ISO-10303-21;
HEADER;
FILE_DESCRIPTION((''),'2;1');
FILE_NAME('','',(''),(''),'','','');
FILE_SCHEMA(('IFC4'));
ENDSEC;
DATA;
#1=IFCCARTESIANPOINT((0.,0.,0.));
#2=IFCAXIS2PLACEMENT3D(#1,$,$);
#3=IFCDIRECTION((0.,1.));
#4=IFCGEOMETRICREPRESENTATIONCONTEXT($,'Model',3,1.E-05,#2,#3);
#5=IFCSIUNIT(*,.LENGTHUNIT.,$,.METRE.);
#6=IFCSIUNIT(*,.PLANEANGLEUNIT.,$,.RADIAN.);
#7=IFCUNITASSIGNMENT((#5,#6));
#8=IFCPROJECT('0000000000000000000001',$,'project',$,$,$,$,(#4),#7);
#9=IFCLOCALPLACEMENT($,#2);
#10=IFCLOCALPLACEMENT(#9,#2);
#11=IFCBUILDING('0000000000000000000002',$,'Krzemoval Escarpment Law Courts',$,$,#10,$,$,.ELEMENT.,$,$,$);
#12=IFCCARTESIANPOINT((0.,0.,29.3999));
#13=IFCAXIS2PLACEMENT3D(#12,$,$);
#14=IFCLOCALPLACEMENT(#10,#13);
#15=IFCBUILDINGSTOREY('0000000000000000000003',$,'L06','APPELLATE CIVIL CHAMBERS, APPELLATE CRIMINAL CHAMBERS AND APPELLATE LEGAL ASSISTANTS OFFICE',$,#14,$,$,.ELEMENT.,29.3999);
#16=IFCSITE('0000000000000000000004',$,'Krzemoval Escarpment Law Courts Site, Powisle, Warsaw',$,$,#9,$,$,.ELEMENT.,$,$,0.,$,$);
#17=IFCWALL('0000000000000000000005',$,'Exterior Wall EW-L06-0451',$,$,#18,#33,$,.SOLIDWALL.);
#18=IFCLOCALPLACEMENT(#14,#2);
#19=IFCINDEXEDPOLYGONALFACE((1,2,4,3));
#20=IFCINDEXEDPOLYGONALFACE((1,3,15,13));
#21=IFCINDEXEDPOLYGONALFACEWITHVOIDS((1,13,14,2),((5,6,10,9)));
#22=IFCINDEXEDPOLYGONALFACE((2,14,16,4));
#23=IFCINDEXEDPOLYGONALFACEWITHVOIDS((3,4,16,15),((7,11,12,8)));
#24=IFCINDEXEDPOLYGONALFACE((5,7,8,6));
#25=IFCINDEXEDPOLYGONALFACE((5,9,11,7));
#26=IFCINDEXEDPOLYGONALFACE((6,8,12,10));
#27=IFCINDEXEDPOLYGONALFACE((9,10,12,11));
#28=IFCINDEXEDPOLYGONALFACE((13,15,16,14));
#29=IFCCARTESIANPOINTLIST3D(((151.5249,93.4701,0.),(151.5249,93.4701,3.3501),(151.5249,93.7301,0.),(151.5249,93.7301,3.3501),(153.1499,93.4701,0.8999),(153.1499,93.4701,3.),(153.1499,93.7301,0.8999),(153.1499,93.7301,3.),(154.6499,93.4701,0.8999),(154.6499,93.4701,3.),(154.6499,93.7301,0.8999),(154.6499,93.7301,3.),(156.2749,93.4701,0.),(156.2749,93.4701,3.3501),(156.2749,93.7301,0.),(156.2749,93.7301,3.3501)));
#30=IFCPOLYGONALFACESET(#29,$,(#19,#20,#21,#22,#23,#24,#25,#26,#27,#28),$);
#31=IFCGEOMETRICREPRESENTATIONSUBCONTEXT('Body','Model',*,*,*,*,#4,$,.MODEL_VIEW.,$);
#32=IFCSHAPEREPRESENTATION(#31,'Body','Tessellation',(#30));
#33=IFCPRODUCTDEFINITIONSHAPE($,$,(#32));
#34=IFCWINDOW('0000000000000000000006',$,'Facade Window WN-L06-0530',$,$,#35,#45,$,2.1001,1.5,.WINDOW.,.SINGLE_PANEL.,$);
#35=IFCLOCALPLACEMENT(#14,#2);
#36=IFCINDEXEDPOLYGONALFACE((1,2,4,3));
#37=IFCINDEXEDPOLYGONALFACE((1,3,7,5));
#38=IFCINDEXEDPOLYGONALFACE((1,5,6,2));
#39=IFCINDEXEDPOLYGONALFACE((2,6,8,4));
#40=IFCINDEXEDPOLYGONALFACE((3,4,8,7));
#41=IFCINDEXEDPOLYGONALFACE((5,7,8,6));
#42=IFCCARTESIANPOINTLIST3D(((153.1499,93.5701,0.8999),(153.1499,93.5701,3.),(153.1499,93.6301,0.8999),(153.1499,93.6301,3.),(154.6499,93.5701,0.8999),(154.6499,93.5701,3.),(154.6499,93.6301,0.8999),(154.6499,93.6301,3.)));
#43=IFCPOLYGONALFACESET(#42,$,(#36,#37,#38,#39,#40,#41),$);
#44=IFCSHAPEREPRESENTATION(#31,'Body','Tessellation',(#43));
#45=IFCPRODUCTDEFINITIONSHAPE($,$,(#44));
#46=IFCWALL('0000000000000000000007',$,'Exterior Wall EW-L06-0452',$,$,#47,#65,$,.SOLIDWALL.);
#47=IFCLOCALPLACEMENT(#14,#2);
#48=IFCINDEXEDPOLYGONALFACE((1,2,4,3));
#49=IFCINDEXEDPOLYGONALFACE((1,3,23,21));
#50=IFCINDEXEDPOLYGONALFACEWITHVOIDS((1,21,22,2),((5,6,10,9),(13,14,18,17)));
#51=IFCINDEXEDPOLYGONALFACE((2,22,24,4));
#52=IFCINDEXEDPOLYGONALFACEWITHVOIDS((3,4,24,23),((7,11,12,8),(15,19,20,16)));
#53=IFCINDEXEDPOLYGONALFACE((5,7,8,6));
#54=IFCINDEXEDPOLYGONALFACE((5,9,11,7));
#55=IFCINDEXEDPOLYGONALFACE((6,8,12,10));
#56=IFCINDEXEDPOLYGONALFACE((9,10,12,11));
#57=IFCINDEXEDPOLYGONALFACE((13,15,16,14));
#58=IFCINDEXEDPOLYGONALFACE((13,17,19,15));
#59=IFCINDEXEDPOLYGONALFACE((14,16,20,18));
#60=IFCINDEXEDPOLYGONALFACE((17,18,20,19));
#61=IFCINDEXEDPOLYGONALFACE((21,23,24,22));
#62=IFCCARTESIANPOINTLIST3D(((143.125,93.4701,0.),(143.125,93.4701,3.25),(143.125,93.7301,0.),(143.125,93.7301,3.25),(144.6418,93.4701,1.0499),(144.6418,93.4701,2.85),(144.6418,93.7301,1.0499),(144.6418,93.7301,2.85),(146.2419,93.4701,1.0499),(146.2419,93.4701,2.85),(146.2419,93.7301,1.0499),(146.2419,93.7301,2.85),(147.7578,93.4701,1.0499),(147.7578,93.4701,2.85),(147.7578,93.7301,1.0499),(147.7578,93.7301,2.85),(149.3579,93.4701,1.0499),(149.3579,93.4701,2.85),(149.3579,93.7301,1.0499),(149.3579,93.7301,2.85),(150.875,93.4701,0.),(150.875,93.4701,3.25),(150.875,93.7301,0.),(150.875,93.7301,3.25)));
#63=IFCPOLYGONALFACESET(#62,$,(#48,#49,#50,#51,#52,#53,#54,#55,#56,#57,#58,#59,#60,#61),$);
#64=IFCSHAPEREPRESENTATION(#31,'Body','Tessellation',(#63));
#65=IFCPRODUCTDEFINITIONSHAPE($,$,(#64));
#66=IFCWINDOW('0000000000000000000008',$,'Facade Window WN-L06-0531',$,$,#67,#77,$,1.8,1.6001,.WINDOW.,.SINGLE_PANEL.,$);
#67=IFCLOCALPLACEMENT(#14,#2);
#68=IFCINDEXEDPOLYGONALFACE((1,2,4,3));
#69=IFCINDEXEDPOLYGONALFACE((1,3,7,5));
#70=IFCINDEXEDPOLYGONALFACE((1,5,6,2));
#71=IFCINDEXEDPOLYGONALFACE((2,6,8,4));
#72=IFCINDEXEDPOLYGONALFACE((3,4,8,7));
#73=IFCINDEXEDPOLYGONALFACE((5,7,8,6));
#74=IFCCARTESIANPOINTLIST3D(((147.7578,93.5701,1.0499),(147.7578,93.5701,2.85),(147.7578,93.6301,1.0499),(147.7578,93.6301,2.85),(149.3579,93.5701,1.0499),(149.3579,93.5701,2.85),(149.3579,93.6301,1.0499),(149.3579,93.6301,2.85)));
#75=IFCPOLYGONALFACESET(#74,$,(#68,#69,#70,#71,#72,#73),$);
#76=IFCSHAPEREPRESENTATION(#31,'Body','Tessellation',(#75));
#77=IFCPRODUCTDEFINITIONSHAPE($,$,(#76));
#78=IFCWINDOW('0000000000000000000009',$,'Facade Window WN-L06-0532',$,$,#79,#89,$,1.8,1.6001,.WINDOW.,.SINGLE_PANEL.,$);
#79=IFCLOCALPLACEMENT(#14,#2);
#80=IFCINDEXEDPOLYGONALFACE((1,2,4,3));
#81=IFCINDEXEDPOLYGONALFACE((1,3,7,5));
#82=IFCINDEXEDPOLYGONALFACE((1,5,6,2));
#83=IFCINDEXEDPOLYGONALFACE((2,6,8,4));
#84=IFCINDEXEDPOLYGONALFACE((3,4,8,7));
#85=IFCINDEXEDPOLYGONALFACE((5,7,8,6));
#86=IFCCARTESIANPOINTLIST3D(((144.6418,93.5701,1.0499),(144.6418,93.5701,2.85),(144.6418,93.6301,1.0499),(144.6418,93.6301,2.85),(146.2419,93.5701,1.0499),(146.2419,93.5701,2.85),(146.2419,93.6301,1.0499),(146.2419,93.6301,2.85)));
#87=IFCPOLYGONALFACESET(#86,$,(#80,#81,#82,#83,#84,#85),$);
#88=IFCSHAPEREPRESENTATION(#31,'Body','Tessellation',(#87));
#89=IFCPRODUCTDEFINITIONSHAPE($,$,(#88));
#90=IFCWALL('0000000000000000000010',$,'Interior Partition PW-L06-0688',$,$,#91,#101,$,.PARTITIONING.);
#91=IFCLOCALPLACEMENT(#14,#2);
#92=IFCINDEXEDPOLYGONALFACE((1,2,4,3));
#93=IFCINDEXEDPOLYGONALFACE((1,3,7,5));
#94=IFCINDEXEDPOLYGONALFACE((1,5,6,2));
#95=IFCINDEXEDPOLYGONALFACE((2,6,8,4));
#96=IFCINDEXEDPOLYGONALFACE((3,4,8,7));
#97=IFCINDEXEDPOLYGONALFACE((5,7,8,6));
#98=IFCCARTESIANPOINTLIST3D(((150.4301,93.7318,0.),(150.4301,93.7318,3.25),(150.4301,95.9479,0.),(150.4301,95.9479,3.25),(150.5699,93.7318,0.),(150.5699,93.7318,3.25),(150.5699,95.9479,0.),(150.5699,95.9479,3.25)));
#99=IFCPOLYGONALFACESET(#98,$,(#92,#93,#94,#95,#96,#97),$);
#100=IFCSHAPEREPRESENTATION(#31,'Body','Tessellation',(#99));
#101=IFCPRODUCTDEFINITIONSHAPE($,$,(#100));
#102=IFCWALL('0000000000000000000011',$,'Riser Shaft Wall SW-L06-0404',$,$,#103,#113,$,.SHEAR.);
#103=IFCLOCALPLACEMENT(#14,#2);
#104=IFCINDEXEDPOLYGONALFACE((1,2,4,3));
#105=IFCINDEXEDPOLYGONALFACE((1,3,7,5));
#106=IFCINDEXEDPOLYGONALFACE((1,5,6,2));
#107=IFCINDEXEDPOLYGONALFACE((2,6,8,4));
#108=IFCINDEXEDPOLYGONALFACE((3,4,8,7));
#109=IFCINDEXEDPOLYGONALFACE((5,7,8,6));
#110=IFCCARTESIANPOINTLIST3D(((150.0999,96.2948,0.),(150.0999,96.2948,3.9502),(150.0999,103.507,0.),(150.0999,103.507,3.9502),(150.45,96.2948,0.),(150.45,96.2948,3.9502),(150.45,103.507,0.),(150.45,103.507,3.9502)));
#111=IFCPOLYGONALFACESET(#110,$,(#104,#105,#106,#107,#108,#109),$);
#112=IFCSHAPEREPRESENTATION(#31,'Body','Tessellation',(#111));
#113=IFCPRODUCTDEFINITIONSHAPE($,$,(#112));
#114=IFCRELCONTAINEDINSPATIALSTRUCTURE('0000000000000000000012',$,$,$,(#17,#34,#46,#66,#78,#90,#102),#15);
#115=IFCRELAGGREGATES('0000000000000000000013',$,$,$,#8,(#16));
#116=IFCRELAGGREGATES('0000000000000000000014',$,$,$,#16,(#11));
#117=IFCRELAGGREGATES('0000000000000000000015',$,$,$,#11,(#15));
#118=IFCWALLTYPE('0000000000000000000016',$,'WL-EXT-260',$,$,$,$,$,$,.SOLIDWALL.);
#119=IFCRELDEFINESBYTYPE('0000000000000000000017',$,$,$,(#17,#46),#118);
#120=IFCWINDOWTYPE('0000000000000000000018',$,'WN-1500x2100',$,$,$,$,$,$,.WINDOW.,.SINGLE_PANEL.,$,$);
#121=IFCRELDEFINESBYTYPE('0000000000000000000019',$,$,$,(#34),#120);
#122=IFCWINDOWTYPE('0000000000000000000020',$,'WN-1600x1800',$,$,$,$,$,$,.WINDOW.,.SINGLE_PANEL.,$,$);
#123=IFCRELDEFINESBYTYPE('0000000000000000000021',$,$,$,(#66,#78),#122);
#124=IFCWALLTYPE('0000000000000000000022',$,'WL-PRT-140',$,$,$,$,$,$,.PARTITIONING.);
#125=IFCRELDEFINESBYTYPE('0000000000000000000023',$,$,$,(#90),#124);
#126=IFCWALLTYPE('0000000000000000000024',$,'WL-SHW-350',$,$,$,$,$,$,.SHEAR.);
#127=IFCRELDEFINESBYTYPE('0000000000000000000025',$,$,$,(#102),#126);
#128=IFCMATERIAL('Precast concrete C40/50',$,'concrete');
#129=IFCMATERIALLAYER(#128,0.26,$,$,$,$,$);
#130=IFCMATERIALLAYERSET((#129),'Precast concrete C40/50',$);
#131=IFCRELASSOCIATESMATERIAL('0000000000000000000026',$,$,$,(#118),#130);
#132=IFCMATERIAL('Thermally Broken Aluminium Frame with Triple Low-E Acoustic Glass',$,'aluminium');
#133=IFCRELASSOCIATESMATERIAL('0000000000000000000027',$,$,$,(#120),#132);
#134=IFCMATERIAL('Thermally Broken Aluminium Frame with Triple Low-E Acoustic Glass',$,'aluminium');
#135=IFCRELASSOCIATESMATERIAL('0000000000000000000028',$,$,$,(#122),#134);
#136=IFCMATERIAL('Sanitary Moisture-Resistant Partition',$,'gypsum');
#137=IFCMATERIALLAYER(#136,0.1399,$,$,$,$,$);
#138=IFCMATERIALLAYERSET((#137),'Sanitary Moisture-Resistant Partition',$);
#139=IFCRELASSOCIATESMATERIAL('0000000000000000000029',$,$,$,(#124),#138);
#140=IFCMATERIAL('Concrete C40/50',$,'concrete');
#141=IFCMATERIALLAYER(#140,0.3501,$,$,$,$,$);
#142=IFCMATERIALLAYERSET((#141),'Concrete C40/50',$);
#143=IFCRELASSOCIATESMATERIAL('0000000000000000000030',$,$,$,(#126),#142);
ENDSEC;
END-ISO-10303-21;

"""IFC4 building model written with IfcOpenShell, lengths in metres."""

from ifc_helpers import new_model, si_unit, direction, frame, frame_2d, origin, place, context, subcontext, project, spatial, rectangle, extrude, material, layer, layer_set, type_object, element, fill, save


model = new_model("IFC4")

# Units and contexts
model_context = context("Model", 3, precision=1e-05, world=origin(), true_north=direction((0.0, 1.0)))
body_context = subcontext(model_context, "Body", "Model", "MODEL_VIEW")
ifc_project = project(units=[si_unit("LENGTHUNIT", "METRE"), si_unit("PLANEANGLEUNIT", "RADIAN")], contexts=[model_context])

# Site, building, storey
site_placement = place(None, origin())
site = spatial("IfcSite", under=ifc_project, at=site_placement, Name="Krzemoval Escarpment Law Courts Site, Powisle, Warsaw", CompositionType="ELEMENT", RefElevation=0.0)
building_placement = place(site_placement, origin())
building = spatial("IfcBuilding", under=site, at=building_placement, Name="Krzemoval Escarpment Law Courts", CompositionType="ELEMENT")
storey_placement = place(building_placement, frame((0.0, 0.0, 29.3999)))
storey = spatial("IfcBuildingStorey", under=building, at=storey_placement, Name="L06", Description="APPELLATE CIVIL CHAMBERS, APPELLATE CRIMINAL CHAMBERS AND APPELLATE LEGAL ASSISTANTS OFFICE", CompositionType="ELEMENT", Elevation=29.3999)

# Wall, opening, window
ifc_material_1 = material(Name="Precast concrete C40/50", Category="concrete")
ifc_layer_1 = layer(ifc_material_1, 0.26)
ifc_layer_set_1 = layer_set([ifc_layer_1], Name="Precast concrete C40/50")
wall_type_1 = type_object("IfcWallType", Name="WL-EXT-260", PredefinedType="SOLIDWALL", material=ifc_layer_set_1)
wall_1_placement = place(storey_placement, frame((156.2749, 93.6001, 0.0), z_axis=(0.0, 0.0, 1.0), x_axis=(-1.0, 0.0, 0.0)))
wall_1 = element("IfcWall", 1, at=wall_1_placement, inside=storey, type_object=wall_type_1, Name="Exterior Wall EW-L06-0451", PredefinedType="SOLIDWALL", context=body_context, shape_type="SweptSolid", body=[
    extrude(rectangle(XDim=4.75, YDim=0.26, at=frame_2d((2.375, 0.0))), origin(), (0.0, 0.0, 1.0), 3.3501),
])
opening_1_placement = place(wall_1_placement, frame((1.625, 0.0, 0.8999)))
opening_1 = element("IfcOpeningElement", 2, at=opening_1_placement, cuts=wall_1, PredefinedType="OPENING", context=body_context, shape_type="SweptSolid", body=[
    extrude(rectangle(XDim=1.5, YDim=2.1001, at=frame_2d((0.75, 1.05))), frame((0.0, 0.145, 0.0), z_axis=(0.0, -1.0, 0.0), x_axis=(1.0, 0.0, 0.0)), (0.0, 0.0, 1.0), 0.29),
])
ifc_material_2 = material(Name="Thermally Broken Aluminium Frame with Triple Low-E Acoustic Glass", Category="aluminium")
window_type_1 = type_object("IfcWindowType", Name="WN-1500x2100", PartitioningType="SINGLE_PANEL", PredefinedType="WINDOW", material=ifc_material_2)
window_1_placement = place(opening_1_placement, origin())
window_1 = element("IfcWindow", 3, at=window_1_placement, inside=storey, type_object=window_type_1, Name="Facade Window WN-L06-0530", OverallHeight=2.1001, OverallWidth=1.5, PartitioningType="SINGLE_PANEL", PredefinedType="WINDOW", context=body_context, shape_type="SweptSolid", body=[
    extrude(rectangle(XDim=1.5, YDim=2.1001, at=frame_2d((0.75, 1.05))), frame((0.0, 0.03, 0.0), z_axis=(0.0, -1.0, 0.0), x_axis=(1.0, 0.0, 0.0)), (0.0, 0.0, 1.0), 0.0601),
])
fill(opening_1, window_1)

# Wall, openings, windows
wall_2_placement = place(storey_placement, frame((150.875, 93.6001, 0.0), z_axis=(0.0, 0.0, 1.0), x_axis=(-1.0, 0.0, 0.0)))
wall_2 = element("IfcWall", 4, at=wall_2_placement, inside=storey, type_object=wall_type_1, Name="Exterior Wall EW-L06-0452", PredefinedType="SOLIDWALL", context=body_context, shape_type="SweptSolid", body=[
    extrude(rectangle(XDim=7.75, YDim=0.26, at=frame_2d((3.875, 0.0))), origin(), (0.0, 0.0, 1.0), 3.25),
])
opening_2_placement = place(wall_2_placement, frame((1.5171, 0.0, 1.05)))
opening_2 = element("IfcOpeningElement", 5, at=opening_2_placement, cuts=wall_2, PredefinedType="OPENING", context=body_context, shape_type="SweptSolid", body=[
    extrude(rectangle(XDim=1.6001, YDim=1.8, at=frame_2d((0.8, 0.8999))), frame((0.0, 0.145, 0.0), z_axis=(0.0, -1.0, 0.0), x_axis=(1.0, 0.0, 0.0)), (0.0, 0.0, 1.0), 0.29),
])
opening_3_placement = place(wall_2_placement, frame((4.6331, 0.0, 1.05)))
opening_3 = element("IfcOpeningElement", 6, at=opening_3_placement, cuts=wall_2, PredefinedType="OPENING", context=body_context, shape_type="SweptSolid", body=[
    extrude(rectangle(XDim=1.6001, YDim=1.8, at=frame_2d((0.8, 0.8999))), frame((0.0, 0.145, 0.0), z_axis=(0.0, -1.0, 0.0), x_axis=(1.0, 0.0, 0.0)), (0.0, 0.0, 1.0), 0.29),
])
ifc_material_3 = material(Name="Thermally Broken Aluminium Frame with Triple Low-E Acoustic Glass", Category="aluminium")
window_type_2 = type_object("IfcWindowType", Name="WN-1600x1800", PartitioningType="SINGLE_PANEL", PredefinedType="WINDOW", material=ifc_material_3)
window_2_placement = place(opening_2_placement, origin())
window_2 = element("IfcWindow", 7, at=window_2_placement, inside=storey, type_object=window_type_2, Name="Facade Window WN-L06-0531", OverallHeight=1.8, OverallWidth=1.6001, PartitioningType="SINGLE_PANEL", PredefinedType="WINDOW", context=body_context, shape_type="SweptSolid", body=[
    extrude(rectangle(XDim=1.6001, YDim=1.8, at=frame_2d((0.8, 0.8999))), frame((0.0, 0.03, 0.0), z_axis=(0.0, -1.0, 0.0), x_axis=(1.0, 0.0, 0.0)), (0.0, 0.0, 1.0), 0.0601),
])
fill(opening_2, window_2)
window_3_placement = place(opening_3_placement, origin())
window_3 = element("IfcWindow", 8, at=window_3_placement, inside=storey, type_object=window_type_2, Name="Facade Window WN-L06-0532", OverallHeight=1.8, OverallWidth=1.6001, PartitioningType="SINGLE_PANEL", PredefinedType="WINDOW", context=body_context, shape_type="SweptSolid", body=[
    extrude(rectangle(XDim=1.6001, YDim=1.8, at=frame_2d((0.8, 0.8999))), frame((0.0, 0.03, 0.0), z_axis=(0.0, -1.0, 0.0), x_axis=(1.0, 0.0, 0.0)), (0.0, 0.0, 1.0), 0.0601),
])
fill(opening_3, window_3)

# Walls
ifc_material_4 = material(Name="Sanitary Moisture-Resistant Partition", Category="gypsum")
ifc_layer_2 = layer(ifc_material_4, 0.1399)
ifc_layer_set_2 = layer_set([ifc_layer_2], Name="Sanitary Moisture-Resistant Partition")
wall_type_2 = type_object("IfcWallType", Name="WL-PRT-140", PredefinedType="PARTITIONING", material=ifc_layer_set_2)
wall_3_placement = place(storey_placement, frame((150.5, 93.7319, 0.0), z_axis=(0.0, 0.0, 1.0), x_axis=(0.0, 1.0, 0.0)))
element("IfcWall", 9, at=wall_3_placement, inside=storey, type_object=wall_type_2, Name="Interior Partition PW-L06-0688", PredefinedType="PARTITIONING", context=body_context, shape_type="SweptSolid", body=[
    extrude(rectangle(XDim=2.2161, YDim=0.1399, at=frame_2d((1.1079, 0.0))), origin(), (0.0, 0.0, 1.0), 3.25),
])
ifc_material_5 = material(Name="Concrete C40/50", Category="concrete")
ifc_layer_3 = layer(ifc_material_5, 0.3501)
ifc_layer_set_3 = layer_set([ifc_layer_3], Name="Concrete C40/50")
wall_type_3 = type_object("IfcWallType", Name="WL-SHW-350", PredefinedType="SHEAR", material=ifc_layer_set_3)
wall_4_placement = place(storey_placement, frame((150.2749, 96.2949, 0.0), z_axis=(0.0, 0.0, 1.0), x_axis=(0.0, 1.0, 0.0)))
element("IfcWall", 10, at=wall_4_placement, inside=storey, type_object=wall_type_3, Name="Riser Shaft Wall SW-L06-0404", PredefinedType="SHEAR", context=body_context, shape_type="SweptSolid", body=[
    extrude(rectangle(XDim=7.2122, YDim=0.3501, at=frame_2d((3.606, 0.0))), origin(), (0.0, 0.0, 1.0), 3.9502),
])

save(model, "model.ifc")
